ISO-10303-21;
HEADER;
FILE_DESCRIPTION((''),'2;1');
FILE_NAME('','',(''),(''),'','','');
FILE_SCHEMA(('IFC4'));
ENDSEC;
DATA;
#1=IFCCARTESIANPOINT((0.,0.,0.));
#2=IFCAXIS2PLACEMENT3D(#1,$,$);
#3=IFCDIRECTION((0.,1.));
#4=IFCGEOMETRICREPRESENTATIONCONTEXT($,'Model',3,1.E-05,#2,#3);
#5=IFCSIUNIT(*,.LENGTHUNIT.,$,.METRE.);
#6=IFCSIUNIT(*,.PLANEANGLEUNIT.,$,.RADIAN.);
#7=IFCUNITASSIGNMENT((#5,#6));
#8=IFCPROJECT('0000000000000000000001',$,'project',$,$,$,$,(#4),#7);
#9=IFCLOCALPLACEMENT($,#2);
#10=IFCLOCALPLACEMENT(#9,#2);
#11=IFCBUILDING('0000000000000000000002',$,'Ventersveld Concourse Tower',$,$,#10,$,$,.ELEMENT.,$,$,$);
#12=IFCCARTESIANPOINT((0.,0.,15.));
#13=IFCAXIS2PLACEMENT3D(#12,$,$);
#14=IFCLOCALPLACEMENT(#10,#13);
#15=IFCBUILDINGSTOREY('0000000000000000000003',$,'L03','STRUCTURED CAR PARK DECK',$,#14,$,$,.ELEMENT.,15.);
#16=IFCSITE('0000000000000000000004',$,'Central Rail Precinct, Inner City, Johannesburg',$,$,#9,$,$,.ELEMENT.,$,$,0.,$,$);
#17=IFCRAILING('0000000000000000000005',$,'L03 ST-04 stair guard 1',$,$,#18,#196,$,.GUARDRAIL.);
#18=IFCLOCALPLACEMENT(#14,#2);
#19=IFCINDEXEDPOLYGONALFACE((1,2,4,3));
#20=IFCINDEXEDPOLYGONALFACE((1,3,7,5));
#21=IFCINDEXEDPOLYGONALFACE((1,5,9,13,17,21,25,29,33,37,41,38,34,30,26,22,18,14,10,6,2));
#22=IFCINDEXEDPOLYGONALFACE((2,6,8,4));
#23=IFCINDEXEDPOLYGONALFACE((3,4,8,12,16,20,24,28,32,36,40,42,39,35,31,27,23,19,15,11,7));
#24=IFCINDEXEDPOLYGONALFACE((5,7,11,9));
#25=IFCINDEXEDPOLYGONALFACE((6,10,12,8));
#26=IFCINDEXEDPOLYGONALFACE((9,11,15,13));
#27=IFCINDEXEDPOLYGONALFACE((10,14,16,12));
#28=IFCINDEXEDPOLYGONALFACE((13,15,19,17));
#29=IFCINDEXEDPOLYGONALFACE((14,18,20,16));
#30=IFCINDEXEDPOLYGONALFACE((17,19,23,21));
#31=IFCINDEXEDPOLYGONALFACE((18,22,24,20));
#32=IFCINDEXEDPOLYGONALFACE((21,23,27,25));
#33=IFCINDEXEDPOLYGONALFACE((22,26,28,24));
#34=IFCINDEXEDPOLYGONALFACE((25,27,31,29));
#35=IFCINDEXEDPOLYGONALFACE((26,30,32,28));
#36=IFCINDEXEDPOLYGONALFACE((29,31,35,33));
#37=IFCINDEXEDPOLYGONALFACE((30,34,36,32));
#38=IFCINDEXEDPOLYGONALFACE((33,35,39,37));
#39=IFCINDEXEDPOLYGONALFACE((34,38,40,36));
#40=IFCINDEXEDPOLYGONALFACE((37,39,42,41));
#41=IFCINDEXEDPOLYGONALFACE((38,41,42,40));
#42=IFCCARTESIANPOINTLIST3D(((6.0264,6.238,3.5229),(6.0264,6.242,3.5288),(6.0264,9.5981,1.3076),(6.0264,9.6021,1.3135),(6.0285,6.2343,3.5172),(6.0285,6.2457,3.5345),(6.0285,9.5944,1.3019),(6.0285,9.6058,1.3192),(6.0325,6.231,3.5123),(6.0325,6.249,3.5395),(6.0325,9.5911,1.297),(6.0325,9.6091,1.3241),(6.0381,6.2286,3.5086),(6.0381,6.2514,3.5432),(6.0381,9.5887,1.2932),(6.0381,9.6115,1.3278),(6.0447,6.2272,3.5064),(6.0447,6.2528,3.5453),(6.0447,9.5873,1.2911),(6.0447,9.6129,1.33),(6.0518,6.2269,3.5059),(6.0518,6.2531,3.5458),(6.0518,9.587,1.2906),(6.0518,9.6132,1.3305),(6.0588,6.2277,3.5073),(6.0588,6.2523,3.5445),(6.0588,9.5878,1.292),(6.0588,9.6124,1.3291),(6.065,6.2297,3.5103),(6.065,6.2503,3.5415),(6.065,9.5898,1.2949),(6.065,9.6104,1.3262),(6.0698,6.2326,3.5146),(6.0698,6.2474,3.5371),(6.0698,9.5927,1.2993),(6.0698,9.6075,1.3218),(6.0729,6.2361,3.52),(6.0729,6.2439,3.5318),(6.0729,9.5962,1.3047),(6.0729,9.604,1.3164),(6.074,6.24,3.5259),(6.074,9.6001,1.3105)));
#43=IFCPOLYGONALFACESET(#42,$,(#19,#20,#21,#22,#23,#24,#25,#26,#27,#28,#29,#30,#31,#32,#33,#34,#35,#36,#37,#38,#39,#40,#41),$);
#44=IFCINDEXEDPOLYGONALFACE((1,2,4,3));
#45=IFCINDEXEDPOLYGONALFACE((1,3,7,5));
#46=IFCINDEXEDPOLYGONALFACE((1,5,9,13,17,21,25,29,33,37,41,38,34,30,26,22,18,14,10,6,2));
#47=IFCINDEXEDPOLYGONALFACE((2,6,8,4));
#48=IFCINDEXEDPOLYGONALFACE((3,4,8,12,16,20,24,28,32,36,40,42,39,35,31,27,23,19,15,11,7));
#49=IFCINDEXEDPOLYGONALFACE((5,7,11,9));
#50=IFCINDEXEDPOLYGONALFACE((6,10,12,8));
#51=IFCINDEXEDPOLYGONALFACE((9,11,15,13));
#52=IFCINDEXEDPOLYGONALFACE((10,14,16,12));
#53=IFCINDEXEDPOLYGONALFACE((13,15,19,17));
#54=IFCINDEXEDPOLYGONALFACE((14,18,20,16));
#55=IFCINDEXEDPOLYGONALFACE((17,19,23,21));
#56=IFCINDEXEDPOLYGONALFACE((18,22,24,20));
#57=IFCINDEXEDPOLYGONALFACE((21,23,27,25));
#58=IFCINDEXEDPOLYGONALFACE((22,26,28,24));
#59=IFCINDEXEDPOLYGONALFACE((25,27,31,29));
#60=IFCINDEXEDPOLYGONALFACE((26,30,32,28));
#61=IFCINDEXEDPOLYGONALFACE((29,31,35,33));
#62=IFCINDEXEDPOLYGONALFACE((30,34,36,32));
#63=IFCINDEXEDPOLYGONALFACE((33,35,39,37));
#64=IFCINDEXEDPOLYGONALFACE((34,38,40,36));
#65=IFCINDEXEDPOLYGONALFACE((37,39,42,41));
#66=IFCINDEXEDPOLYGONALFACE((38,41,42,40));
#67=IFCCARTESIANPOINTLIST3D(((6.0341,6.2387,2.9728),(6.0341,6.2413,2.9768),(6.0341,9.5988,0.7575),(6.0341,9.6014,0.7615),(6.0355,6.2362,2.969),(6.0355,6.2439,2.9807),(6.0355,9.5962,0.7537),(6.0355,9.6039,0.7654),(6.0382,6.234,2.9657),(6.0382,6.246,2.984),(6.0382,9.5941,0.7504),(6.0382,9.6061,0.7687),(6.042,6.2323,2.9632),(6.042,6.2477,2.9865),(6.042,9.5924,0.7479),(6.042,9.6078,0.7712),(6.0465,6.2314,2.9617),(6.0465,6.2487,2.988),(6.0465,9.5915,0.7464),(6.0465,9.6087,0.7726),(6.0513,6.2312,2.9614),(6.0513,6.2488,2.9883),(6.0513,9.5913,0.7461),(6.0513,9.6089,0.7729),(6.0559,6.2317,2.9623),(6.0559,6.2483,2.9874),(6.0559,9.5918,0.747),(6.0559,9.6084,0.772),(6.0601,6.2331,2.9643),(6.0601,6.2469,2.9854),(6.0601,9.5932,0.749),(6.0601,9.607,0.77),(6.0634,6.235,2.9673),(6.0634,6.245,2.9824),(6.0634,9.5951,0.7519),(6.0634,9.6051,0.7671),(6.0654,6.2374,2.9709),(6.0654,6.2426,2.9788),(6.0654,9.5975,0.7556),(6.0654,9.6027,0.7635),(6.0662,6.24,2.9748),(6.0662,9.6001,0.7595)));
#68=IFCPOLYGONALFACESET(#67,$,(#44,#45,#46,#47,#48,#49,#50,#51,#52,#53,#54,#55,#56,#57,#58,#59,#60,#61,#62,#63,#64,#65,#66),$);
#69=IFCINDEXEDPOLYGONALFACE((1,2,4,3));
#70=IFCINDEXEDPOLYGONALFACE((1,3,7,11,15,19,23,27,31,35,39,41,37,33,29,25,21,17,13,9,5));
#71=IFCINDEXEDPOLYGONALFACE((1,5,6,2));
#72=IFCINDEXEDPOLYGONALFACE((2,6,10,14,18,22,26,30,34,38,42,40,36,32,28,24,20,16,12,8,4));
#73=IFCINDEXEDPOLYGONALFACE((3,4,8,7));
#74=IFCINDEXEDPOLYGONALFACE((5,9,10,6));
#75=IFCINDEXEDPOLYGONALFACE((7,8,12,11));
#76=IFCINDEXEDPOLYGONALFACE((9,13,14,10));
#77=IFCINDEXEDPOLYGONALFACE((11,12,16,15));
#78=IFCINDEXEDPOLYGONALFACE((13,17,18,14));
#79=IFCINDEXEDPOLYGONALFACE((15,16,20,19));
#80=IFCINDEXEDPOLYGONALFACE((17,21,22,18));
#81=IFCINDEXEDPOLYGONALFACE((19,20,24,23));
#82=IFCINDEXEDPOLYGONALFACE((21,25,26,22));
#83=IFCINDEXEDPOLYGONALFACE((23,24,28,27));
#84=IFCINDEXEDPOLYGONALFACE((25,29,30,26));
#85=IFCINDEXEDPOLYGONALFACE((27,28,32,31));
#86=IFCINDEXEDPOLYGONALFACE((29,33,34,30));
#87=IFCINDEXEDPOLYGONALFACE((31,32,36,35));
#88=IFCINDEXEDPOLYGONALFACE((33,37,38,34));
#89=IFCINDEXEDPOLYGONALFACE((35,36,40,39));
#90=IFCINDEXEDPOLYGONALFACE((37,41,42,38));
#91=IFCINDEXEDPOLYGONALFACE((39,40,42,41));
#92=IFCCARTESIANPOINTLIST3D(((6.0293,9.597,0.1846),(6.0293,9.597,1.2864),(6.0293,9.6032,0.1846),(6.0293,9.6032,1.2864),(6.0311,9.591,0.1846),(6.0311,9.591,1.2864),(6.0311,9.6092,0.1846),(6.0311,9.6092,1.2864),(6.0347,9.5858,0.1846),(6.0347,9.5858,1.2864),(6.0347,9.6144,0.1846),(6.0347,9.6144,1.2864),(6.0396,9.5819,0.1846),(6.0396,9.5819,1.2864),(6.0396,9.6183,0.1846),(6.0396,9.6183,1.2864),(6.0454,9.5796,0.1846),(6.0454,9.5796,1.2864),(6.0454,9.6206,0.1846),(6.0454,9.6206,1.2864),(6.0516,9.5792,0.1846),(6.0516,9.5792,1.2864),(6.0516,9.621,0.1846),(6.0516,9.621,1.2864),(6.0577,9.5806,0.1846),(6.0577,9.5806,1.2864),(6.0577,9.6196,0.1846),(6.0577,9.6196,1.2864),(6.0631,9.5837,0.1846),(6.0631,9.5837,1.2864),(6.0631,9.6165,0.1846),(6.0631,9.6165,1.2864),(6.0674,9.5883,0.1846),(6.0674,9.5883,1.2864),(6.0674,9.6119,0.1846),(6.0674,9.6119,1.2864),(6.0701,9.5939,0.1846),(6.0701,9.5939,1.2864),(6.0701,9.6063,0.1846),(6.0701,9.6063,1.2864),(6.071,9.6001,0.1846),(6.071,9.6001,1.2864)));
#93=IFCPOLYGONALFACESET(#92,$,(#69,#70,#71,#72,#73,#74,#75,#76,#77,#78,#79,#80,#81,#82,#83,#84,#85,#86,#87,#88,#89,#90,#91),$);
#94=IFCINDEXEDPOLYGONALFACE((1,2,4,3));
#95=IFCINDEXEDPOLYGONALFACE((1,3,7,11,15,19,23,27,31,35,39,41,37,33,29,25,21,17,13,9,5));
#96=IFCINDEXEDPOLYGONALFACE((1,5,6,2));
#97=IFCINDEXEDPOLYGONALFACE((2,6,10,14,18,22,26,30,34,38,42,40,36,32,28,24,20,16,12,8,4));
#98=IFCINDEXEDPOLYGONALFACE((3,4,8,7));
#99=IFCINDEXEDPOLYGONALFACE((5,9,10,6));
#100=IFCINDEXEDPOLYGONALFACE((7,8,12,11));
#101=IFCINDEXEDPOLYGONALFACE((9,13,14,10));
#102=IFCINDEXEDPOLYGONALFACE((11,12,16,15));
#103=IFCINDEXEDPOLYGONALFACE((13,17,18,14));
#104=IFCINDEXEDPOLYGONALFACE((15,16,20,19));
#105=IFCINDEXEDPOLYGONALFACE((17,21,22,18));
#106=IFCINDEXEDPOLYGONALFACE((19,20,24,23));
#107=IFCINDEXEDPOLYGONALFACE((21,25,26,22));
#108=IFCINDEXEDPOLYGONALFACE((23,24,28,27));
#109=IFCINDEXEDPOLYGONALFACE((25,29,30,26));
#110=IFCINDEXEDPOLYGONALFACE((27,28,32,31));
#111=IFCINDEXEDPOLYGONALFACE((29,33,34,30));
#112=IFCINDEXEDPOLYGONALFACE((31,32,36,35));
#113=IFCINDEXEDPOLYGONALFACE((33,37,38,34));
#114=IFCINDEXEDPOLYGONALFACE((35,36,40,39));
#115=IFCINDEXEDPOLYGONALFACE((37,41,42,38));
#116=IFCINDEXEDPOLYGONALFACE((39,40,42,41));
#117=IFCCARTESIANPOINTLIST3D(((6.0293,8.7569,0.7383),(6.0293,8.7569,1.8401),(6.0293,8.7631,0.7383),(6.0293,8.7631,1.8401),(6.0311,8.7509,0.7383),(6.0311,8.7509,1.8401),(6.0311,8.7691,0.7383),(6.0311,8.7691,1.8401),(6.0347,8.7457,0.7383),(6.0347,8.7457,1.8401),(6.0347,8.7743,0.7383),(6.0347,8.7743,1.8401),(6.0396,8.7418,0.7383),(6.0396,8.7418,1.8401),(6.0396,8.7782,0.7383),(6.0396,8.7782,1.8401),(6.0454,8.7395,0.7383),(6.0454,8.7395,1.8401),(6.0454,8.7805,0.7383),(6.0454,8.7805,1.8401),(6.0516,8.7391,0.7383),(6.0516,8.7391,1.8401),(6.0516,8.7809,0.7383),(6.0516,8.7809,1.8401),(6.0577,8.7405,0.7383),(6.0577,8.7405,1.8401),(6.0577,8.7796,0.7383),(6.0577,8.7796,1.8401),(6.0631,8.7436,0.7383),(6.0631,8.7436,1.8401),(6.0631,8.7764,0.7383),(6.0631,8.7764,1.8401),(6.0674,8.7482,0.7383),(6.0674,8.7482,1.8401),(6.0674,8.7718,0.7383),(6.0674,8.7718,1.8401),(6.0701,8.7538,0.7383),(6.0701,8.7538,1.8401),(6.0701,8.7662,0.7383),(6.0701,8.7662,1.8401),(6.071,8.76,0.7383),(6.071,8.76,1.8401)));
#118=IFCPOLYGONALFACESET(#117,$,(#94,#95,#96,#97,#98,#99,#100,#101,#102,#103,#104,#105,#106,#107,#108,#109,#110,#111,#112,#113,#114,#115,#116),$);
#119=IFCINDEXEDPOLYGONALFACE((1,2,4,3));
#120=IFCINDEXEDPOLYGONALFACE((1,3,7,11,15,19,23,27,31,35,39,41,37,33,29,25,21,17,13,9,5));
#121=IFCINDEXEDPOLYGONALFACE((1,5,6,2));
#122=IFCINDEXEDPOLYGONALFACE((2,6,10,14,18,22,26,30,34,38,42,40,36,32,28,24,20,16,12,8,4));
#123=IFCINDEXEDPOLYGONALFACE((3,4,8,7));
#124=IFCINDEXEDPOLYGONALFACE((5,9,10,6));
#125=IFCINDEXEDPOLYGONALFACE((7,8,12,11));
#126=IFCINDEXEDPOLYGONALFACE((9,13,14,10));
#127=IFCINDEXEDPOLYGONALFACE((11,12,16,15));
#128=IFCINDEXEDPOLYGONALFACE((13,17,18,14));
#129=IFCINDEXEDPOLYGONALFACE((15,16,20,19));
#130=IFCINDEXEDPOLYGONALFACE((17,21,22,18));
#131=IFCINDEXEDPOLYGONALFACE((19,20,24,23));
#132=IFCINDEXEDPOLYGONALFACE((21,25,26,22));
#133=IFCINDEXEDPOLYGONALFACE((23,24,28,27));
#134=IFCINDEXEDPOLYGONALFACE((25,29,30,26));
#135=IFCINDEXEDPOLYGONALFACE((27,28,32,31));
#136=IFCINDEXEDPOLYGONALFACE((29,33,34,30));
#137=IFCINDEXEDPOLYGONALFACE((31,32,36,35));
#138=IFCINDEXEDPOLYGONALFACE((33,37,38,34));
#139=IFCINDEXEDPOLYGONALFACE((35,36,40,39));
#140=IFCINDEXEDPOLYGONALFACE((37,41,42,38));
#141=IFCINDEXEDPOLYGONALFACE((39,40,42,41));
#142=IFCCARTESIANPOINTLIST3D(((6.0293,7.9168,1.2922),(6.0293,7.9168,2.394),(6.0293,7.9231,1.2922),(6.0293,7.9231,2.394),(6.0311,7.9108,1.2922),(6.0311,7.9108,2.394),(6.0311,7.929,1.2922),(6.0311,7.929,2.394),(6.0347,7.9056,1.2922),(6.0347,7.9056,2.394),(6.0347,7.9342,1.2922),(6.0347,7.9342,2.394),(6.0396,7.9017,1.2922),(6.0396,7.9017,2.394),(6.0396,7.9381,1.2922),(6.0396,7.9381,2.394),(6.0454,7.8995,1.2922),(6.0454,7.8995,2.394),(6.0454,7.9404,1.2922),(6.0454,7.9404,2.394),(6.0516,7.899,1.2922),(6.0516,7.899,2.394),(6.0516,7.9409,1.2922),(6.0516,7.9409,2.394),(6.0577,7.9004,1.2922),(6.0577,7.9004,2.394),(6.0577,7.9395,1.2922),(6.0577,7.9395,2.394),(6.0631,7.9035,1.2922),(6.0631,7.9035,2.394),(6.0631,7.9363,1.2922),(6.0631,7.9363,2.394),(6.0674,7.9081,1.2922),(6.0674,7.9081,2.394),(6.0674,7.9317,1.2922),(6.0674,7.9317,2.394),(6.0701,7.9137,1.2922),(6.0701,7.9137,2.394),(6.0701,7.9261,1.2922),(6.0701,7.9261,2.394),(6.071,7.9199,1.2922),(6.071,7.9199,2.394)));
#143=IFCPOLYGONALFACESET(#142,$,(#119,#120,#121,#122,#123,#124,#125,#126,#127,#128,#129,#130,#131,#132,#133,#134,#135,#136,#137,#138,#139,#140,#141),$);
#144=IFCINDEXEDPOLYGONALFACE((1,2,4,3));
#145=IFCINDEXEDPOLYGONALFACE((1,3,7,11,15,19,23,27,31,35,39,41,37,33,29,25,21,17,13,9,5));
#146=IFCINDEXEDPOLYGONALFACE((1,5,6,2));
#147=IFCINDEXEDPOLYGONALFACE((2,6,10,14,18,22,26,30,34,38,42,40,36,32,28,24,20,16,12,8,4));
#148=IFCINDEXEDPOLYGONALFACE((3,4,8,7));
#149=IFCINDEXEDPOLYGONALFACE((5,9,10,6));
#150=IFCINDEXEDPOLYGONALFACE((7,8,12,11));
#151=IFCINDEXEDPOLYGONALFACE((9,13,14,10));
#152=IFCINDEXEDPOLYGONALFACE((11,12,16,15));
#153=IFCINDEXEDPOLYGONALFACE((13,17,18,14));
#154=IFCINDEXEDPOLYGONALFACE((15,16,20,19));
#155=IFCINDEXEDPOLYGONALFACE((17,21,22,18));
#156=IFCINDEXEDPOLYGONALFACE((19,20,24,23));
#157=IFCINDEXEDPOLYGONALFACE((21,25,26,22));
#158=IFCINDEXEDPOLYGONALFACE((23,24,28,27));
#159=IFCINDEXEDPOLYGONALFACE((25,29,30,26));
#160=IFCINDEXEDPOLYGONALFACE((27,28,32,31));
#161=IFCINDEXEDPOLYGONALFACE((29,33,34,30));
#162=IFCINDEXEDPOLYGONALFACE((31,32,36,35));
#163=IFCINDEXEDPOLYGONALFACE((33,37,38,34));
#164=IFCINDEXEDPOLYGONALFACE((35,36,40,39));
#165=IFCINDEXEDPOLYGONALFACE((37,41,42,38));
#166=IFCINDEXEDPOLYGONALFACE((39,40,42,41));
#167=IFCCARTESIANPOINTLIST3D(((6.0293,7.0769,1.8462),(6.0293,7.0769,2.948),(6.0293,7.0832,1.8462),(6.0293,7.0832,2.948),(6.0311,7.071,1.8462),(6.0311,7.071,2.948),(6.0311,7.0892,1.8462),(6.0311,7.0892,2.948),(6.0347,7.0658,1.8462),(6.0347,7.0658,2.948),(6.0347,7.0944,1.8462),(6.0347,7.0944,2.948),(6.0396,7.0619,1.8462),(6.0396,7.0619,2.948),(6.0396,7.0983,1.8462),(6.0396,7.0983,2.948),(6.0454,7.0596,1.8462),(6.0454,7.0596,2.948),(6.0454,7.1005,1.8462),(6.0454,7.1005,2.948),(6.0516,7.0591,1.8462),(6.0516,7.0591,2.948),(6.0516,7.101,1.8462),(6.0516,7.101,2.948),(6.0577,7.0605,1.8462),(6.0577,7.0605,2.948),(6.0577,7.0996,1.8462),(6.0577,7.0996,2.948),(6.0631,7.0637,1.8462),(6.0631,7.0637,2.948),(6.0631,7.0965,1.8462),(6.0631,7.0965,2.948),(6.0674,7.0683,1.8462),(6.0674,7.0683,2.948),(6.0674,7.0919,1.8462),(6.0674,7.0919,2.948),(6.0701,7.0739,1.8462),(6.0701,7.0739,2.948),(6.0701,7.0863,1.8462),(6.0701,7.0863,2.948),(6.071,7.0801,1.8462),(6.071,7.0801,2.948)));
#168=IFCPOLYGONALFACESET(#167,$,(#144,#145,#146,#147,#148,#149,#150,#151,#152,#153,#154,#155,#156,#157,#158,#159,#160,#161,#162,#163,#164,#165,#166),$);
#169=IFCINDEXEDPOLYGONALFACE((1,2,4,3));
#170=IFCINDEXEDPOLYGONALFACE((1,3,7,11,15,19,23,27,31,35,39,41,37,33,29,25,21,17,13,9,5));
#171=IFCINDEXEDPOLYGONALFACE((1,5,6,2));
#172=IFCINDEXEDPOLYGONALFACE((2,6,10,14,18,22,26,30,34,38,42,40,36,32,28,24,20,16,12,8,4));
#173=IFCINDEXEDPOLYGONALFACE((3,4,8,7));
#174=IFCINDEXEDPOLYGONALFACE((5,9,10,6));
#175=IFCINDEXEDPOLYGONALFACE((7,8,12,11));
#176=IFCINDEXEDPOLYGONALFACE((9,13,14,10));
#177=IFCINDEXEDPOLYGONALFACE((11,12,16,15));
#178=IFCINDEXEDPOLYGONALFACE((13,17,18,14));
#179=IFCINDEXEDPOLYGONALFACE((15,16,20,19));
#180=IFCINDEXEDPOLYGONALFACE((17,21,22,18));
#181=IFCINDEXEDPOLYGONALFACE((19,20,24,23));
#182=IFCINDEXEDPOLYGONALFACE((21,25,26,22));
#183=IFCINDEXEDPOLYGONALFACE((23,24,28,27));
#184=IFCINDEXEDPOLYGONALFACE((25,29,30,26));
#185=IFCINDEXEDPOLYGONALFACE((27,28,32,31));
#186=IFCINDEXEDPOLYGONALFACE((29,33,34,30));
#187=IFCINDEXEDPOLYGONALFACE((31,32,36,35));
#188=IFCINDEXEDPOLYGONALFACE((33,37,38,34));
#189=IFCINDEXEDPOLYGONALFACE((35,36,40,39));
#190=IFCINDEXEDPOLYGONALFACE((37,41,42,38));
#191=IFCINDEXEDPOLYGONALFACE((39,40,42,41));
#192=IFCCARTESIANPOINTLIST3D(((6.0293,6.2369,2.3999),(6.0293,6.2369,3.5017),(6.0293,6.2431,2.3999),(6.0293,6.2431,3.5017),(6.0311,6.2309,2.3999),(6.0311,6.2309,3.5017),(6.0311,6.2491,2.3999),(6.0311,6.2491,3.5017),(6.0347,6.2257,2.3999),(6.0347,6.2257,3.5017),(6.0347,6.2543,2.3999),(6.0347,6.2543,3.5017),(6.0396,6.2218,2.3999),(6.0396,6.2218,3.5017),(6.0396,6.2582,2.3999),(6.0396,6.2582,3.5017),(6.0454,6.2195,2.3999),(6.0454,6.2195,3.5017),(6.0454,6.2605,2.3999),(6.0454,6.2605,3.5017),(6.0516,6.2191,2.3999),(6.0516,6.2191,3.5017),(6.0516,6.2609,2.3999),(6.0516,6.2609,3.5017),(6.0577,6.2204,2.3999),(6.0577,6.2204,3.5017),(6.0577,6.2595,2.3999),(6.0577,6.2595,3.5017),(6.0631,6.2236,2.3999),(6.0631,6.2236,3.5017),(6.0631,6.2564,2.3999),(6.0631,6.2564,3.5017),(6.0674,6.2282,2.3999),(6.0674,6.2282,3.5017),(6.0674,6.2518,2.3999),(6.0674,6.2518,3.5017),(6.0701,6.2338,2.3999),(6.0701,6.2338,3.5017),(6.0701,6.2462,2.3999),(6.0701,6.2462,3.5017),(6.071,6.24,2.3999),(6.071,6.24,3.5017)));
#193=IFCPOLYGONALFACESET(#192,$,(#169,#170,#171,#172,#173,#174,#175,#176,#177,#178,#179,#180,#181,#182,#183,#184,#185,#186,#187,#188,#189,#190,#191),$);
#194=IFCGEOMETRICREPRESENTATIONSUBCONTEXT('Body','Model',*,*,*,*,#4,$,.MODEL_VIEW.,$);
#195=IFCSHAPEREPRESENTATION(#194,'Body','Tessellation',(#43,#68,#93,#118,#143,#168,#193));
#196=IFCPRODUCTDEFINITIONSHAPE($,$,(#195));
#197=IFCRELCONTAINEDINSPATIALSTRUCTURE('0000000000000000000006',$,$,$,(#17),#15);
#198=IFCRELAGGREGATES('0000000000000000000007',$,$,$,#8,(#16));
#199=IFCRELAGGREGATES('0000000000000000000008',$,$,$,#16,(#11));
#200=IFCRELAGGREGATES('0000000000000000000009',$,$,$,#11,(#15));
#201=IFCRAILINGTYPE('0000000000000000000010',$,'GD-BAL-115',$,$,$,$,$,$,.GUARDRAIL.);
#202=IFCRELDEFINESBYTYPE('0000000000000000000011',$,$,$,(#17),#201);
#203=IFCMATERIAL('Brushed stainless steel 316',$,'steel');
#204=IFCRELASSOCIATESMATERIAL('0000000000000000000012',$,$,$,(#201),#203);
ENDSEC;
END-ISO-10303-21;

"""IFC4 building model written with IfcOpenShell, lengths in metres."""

from ifc_helpers import new_model, si_unit, direction, frame, origin, origin_2d, place, context, subcontext, project, spatial, circle, extrude, material, type_object, element, save


model = new_model("IFC4")

# Units and contexts
model_context = context("Model", 3, precision=1e-05, world=origin(), true_north=direction((0.0, 1.0)))
body_context = subcontext(model_context, "Body", "Model", "MODEL_VIEW")
ifc_project = project(units=[si_unit("LENGTHUNIT", "METRE"), si_unit("PLANEANGLEUNIT", "RADIAN")], contexts=[model_context])

# Site, building, storey
site_placement = place(None, origin())
site = spatial("IfcSite", under=ifc_project, at=site_placement, Name="Central Rail Precinct, Inner City, Johannesburg", CompositionType="ELEMENT", RefElevation=0.0)
building_placement = place(site_placement, origin())
building = spatial("IfcBuilding", under=site, at=building_placement, Name="Ventersveld Concourse Tower", CompositionType="ELEMENT")
storey_placement = place(building_placement, frame((0.0, 0.0, 15.0)))
storey = spatial("IfcBuildingStorey", under=building, at=storey_placement, Name="L03", Description="STRUCTURED CAR PARK DECK", CompositionType="ELEMENT", Elevation=15.0)

# Railing
ifc_material_1 = material(Name="Brushed stainless steel 316", Category="steel")
railing_type = type_object("IfcRailingType", Name="GD-BAL-115", PredefinedType="GUARDRAIL", material=ifc_material_1)
railing_1_placement = place(storey_placement, frame((6.05, 9.6001, 0.1846)))
element("IfcRailing", 1, at=railing_1_placement, inside=storey, type_object=railing_type, Name="L03 ST-04 stair guard 1", PredefinedType="GUARDRAIL", context=body_context, shape_type="SweptSolid", body=[
    extrude(circle(Radius=0.0239, at=origin_2d()), frame((0.0, 0.0, 1.126), z_axis=(0.0, -0.834876, 0.550437), x_axis=(1.0, 0.0, 0.0)), (0.0, 0.0, 1.0), 4.0247),
    extrude(circle(Radius=0.0161, at=origin_2d()), frame((0.0, 0.0, 0.575), z_axis=(0.0, -0.834876, 0.550437), x_axis=(1.0, 0.0, 0.0)), (0.0, 0.0, 1.0), 4.0247),
    extrude(circle(Radius=0.021, at=origin_2d()), origin(), (0.0, 0.0, 1.0), 1.1018),
    extrude(circle(Radius=0.021, at=origin_2d()), frame((0.0, -0.8401, 0.5537)), (0.0, 0.0, 1.0), 1.1018),
    extrude(circle(Radius=0.021, at=origin_2d()), frame((0.0, -1.6802, 1.1077)), (0.0, 0.0, 1.0), 1.1018),
    extrude(circle(Radius=0.021, at=origin_2d()), frame((0.0, -2.52, 1.6616)), (0.0, 0.0, 1.0), 1.1018),
    extrude(circle(Radius=0.021, at=origin_2d()), frame((0.0, -3.3601, 2.2153)), (0.0, 0.0, 1.0), 1.1018),
])

save(model, "model.ifc")
